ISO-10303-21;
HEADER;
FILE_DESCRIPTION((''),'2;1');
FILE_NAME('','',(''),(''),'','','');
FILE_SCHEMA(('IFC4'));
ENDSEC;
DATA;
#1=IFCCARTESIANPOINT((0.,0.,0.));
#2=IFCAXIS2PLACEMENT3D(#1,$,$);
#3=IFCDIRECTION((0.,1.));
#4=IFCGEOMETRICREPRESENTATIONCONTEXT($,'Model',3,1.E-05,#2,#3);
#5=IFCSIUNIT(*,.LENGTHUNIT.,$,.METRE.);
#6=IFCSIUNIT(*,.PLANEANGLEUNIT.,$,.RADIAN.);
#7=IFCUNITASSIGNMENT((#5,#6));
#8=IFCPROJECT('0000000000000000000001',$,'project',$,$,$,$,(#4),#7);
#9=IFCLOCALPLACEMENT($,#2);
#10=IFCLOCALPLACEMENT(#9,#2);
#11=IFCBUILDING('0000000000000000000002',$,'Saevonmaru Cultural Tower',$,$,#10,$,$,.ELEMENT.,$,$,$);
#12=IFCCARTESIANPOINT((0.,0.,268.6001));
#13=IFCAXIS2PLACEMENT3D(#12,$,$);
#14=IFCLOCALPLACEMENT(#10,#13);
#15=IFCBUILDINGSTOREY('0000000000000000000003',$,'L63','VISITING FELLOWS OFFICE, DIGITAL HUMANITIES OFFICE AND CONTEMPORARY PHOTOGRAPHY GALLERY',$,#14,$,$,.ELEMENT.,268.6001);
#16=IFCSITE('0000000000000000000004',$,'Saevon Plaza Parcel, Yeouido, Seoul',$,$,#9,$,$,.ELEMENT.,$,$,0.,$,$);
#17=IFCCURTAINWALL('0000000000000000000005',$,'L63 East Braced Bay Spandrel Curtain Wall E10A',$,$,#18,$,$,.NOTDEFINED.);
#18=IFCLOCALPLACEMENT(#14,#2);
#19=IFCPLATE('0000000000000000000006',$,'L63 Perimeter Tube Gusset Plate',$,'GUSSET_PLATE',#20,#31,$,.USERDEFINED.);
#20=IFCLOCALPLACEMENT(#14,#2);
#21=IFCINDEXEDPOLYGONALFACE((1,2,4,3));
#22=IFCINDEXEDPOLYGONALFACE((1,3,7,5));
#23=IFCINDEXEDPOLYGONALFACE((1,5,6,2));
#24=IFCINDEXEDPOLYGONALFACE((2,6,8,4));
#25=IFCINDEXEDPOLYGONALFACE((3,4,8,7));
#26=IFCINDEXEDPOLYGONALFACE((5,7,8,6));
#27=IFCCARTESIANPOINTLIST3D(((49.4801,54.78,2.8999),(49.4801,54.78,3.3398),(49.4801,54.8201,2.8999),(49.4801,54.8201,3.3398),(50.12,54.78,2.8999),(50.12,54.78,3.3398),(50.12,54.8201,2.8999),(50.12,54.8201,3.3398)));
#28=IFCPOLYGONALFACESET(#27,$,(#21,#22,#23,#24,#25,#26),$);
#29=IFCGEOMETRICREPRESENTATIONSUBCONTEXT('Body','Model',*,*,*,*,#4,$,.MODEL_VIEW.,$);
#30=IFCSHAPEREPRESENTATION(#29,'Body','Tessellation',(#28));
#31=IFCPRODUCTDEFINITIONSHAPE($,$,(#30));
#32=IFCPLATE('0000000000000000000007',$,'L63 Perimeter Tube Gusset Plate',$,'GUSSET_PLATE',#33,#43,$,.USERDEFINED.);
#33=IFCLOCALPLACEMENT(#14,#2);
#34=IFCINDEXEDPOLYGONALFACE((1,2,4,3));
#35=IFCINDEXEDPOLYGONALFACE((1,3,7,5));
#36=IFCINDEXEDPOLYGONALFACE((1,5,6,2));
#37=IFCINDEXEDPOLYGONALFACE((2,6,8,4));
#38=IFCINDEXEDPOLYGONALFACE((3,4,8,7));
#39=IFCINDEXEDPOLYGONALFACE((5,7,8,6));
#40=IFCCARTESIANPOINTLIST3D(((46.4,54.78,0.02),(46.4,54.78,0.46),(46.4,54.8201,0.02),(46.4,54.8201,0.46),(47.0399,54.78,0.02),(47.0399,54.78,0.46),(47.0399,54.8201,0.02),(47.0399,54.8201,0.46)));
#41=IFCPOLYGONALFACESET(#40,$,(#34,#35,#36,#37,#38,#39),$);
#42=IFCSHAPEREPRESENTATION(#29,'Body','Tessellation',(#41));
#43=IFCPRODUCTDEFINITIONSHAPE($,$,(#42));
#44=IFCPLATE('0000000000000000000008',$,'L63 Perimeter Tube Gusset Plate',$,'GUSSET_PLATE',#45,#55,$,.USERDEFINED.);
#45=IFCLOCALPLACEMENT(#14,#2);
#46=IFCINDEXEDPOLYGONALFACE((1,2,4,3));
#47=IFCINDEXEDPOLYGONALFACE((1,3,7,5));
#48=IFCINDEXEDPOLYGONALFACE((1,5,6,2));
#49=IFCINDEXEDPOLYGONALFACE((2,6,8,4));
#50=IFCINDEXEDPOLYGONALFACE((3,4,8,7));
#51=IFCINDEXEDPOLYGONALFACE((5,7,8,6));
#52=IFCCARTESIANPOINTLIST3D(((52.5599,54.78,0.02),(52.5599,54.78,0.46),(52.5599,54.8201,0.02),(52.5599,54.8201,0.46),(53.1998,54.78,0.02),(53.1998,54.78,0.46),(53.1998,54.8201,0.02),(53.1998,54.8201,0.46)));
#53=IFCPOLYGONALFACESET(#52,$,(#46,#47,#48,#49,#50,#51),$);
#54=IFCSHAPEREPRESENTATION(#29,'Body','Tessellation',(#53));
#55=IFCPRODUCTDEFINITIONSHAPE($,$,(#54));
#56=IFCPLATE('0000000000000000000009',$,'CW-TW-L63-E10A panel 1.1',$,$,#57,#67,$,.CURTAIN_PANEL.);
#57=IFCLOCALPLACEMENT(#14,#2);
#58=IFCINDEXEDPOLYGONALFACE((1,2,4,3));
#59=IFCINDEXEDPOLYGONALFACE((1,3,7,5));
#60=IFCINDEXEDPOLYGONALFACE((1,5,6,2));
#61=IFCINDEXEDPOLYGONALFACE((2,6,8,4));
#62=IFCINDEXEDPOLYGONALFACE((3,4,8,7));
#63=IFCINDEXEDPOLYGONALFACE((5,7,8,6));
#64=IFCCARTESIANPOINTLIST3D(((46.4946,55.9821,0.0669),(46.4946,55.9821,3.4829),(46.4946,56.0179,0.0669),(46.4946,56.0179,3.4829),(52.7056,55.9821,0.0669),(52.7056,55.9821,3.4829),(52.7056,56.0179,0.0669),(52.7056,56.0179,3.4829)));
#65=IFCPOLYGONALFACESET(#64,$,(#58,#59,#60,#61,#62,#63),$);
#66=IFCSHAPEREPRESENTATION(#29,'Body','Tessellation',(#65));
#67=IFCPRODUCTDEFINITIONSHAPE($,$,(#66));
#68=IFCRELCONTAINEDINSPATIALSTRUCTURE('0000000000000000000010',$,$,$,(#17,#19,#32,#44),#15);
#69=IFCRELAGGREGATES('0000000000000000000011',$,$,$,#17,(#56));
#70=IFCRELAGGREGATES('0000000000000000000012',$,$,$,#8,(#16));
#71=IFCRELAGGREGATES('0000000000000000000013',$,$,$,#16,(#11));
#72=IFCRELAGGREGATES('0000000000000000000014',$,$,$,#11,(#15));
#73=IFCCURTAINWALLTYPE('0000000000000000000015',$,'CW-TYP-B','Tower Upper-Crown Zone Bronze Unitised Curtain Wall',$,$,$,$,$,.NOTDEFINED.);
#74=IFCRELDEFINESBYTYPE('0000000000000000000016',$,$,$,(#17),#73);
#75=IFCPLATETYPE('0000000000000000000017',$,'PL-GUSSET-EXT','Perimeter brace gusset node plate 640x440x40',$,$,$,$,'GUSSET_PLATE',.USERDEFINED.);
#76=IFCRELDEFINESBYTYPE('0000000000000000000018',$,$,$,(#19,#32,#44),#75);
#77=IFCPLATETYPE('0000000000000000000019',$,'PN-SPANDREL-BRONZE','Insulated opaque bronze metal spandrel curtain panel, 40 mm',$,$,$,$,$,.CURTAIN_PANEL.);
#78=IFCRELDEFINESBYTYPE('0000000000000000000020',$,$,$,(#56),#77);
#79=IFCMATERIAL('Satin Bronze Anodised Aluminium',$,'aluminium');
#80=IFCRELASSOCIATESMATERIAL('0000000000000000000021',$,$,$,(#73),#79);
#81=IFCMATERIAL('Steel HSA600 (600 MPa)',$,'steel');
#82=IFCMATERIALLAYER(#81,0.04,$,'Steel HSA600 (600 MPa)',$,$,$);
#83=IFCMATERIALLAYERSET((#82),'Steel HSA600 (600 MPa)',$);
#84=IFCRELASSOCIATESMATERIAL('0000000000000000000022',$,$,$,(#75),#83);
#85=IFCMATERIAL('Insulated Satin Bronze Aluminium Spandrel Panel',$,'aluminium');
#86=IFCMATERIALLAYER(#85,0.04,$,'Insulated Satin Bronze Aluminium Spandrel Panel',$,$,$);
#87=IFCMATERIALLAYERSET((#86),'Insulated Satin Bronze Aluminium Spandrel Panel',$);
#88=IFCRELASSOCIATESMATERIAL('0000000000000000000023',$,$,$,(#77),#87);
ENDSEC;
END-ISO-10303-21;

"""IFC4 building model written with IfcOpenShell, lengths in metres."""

from ifc_helpers import new_model, si_unit, direction, frame, origin, origin_2d, place, context, subcontext, project, spatial, rectangle, extrude, material, layer, layer_set, type_object, element, aggregate, save


model = new_model("IFC4")

# Units and contexts
model_context = context("Model", 3, precision=1e-05, world=origin(), true_north=direction((0.0, 1.0)))
body_context = subcontext(model_context, "Body", "Model", "MODEL_VIEW")
ifc_project = project(units=[si_unit("LENGTHUNIT", "METRE"), si_unit("PLANEANGLEUNIT", "RADIAN")], contexts=[model_context])

# Site, building, storey
site_placement = place(None, origin())
site = spatial("IfcSite", under=ifc_project, at=site_placement, Name="Saevon Plaza Parcel, Yeouido, Seoul", CompositionType="ELEMENT", RefElevation=0.0)
building_placement = place(site_placement, origin())
building = spatial("IfcBuilding", under=site, at=building_placement, Name="Saevonmaru Cultural Tower", CompositionType="ELEMENT")
storey_placement = place(building_placement, frame((0.0, 0.0, 268.6001)))
storey = spatial("IfcBuildingStorey", under=building, at=storey_placement, Name="L63", Description="VISITING FELLOWS OFFICE, DIGITAL HUMANITIES OFFICE AND CONTEMPORARY PHOTOGRAPHY GALLERY", CompositionType="ELEMENT", Elevation=268.6001)

# Curtain wall
ifc_material_1 = material(Name="Satin Bronze Anodised Aluminium", Category="aluminium")
curtain_wall_type = type_object("IfcCurtainWallType", Name="CW-TYP-B", Description="Tower Upper-Crown Zone Bronze Unitised Curtain Wall", PredefinedType="NOTDEFINED", material=ifc_material_1)
curtain_wall_1_placement = place(storey_placement, origin())
curtain_wall_1 = element("IfcCurtainWall", 1, at=curtain_wall_1_placement, inside=storey, type_object=curtain_wall_type, Name="L63 East Braced Bay Spandrel Curtain Wall E10A", PredefinedType="NOTDEFINED")

# Plates
ifc_material_2 = material(Name="Steel HSA600 (600 MPa)", Category="steel")
ifc_layer_1 = layer(ifc_material_2, 0.04, Name="Steel HSA600 (600 MPa)")
ifc_layer_set_1 = layer_set([ifc_layer_1], Name="Steel HSA600 (600 MPa)")
plate_type_1 = type_object("IfcPlateType", Name="PL-GUSSET-EXT", Description="Perimeter brace gusset node plate 640x440x40", ElementType="GUSSET_PLATE", PredefinedType="USERDEFINED", material=ifc_layer_set_1)
for number, where, z_axis, x_axis, name in (
    (2, (49.8, 54.8, 2.8999), (0.0, 0.0, 1.0), (1.0, 0.0, 0.0), "L63 Perimeter Tube Gusset Plate"),
    (3, (46.72, 54.8, 0.02), (0.0, 0.0, 1.0), (1.0, 0.0, 0.0), "L63 Perimeter Tube Gusset Plate"),
    (4, (52.8799, 54.8, 0.02), (0.0, 0.0, 1.0), (1.0, 0.0, 0.0), "L63 Perimeter Tube Gusset Plate"),
):
    element("IfcPlate", number, at=place(storey_placement, frame(where, z_axis=z_axis, x_axis=x_axis)), inside=storey, type_object=plate_type_1, Name=name, ObjectType="GUSSET_PLATE", PredefinedType="USERDEFINED", context=body_context, shape_type="SweptSolid", body=[
        extrude(rectangle(XDim=0.6399, YDim=0.04, at=origin_2d()), origin(), (0.0, 0.0, 1.0), 0.4399),
    ])

# Plate
ifc_material_3 = material(Name="Insulated Satin Bronze Aluminium Spandrel Panel", Category="aluminium")
ifc_layer_2 = layer(ifc_material_3, 0.04, Name="Insulated Satin Bronze Aluminium Spandrel Panel")
ifc_layer_set_2 = layer_set([ifc_layer_2], Name="Insulated Satin Bronze Aluminium Spandrel Panel")
plate_type_2 = type_object("IfcPlateType", Name="PN-SPANDREL-BRONZE", Description="Insulated opaque bronze metal spandrel curtain panel, 40 mm", PredefinedType="CURTAIN_PANEL", material=ifc_layer_set_2)
plate_placement = place(storey_placement, frame((49.6001, 56.0, 0.0669), z_axis=(0.0, 0.0, 1.0), x_axis=(-1.0, 0.0, 0.0)))
plate = element("IfcPlate", 5, at=plate_placement, type_object=plate_type_2, Name="CW-TW-L63-E10A panel 1.1", PredefinedType="CURTAIN_PANEL", context=body_context, shape_type="SweptSolid", body=[
    extrude(rectangle(XDim=6.2109, YDim=0.0359, at=origin_2d()), origin(), (0.0, 0.0, 1.0), 3.416),
])
aggregate(curtain_wall_1, [plate])

save(model, "model.ifc")
